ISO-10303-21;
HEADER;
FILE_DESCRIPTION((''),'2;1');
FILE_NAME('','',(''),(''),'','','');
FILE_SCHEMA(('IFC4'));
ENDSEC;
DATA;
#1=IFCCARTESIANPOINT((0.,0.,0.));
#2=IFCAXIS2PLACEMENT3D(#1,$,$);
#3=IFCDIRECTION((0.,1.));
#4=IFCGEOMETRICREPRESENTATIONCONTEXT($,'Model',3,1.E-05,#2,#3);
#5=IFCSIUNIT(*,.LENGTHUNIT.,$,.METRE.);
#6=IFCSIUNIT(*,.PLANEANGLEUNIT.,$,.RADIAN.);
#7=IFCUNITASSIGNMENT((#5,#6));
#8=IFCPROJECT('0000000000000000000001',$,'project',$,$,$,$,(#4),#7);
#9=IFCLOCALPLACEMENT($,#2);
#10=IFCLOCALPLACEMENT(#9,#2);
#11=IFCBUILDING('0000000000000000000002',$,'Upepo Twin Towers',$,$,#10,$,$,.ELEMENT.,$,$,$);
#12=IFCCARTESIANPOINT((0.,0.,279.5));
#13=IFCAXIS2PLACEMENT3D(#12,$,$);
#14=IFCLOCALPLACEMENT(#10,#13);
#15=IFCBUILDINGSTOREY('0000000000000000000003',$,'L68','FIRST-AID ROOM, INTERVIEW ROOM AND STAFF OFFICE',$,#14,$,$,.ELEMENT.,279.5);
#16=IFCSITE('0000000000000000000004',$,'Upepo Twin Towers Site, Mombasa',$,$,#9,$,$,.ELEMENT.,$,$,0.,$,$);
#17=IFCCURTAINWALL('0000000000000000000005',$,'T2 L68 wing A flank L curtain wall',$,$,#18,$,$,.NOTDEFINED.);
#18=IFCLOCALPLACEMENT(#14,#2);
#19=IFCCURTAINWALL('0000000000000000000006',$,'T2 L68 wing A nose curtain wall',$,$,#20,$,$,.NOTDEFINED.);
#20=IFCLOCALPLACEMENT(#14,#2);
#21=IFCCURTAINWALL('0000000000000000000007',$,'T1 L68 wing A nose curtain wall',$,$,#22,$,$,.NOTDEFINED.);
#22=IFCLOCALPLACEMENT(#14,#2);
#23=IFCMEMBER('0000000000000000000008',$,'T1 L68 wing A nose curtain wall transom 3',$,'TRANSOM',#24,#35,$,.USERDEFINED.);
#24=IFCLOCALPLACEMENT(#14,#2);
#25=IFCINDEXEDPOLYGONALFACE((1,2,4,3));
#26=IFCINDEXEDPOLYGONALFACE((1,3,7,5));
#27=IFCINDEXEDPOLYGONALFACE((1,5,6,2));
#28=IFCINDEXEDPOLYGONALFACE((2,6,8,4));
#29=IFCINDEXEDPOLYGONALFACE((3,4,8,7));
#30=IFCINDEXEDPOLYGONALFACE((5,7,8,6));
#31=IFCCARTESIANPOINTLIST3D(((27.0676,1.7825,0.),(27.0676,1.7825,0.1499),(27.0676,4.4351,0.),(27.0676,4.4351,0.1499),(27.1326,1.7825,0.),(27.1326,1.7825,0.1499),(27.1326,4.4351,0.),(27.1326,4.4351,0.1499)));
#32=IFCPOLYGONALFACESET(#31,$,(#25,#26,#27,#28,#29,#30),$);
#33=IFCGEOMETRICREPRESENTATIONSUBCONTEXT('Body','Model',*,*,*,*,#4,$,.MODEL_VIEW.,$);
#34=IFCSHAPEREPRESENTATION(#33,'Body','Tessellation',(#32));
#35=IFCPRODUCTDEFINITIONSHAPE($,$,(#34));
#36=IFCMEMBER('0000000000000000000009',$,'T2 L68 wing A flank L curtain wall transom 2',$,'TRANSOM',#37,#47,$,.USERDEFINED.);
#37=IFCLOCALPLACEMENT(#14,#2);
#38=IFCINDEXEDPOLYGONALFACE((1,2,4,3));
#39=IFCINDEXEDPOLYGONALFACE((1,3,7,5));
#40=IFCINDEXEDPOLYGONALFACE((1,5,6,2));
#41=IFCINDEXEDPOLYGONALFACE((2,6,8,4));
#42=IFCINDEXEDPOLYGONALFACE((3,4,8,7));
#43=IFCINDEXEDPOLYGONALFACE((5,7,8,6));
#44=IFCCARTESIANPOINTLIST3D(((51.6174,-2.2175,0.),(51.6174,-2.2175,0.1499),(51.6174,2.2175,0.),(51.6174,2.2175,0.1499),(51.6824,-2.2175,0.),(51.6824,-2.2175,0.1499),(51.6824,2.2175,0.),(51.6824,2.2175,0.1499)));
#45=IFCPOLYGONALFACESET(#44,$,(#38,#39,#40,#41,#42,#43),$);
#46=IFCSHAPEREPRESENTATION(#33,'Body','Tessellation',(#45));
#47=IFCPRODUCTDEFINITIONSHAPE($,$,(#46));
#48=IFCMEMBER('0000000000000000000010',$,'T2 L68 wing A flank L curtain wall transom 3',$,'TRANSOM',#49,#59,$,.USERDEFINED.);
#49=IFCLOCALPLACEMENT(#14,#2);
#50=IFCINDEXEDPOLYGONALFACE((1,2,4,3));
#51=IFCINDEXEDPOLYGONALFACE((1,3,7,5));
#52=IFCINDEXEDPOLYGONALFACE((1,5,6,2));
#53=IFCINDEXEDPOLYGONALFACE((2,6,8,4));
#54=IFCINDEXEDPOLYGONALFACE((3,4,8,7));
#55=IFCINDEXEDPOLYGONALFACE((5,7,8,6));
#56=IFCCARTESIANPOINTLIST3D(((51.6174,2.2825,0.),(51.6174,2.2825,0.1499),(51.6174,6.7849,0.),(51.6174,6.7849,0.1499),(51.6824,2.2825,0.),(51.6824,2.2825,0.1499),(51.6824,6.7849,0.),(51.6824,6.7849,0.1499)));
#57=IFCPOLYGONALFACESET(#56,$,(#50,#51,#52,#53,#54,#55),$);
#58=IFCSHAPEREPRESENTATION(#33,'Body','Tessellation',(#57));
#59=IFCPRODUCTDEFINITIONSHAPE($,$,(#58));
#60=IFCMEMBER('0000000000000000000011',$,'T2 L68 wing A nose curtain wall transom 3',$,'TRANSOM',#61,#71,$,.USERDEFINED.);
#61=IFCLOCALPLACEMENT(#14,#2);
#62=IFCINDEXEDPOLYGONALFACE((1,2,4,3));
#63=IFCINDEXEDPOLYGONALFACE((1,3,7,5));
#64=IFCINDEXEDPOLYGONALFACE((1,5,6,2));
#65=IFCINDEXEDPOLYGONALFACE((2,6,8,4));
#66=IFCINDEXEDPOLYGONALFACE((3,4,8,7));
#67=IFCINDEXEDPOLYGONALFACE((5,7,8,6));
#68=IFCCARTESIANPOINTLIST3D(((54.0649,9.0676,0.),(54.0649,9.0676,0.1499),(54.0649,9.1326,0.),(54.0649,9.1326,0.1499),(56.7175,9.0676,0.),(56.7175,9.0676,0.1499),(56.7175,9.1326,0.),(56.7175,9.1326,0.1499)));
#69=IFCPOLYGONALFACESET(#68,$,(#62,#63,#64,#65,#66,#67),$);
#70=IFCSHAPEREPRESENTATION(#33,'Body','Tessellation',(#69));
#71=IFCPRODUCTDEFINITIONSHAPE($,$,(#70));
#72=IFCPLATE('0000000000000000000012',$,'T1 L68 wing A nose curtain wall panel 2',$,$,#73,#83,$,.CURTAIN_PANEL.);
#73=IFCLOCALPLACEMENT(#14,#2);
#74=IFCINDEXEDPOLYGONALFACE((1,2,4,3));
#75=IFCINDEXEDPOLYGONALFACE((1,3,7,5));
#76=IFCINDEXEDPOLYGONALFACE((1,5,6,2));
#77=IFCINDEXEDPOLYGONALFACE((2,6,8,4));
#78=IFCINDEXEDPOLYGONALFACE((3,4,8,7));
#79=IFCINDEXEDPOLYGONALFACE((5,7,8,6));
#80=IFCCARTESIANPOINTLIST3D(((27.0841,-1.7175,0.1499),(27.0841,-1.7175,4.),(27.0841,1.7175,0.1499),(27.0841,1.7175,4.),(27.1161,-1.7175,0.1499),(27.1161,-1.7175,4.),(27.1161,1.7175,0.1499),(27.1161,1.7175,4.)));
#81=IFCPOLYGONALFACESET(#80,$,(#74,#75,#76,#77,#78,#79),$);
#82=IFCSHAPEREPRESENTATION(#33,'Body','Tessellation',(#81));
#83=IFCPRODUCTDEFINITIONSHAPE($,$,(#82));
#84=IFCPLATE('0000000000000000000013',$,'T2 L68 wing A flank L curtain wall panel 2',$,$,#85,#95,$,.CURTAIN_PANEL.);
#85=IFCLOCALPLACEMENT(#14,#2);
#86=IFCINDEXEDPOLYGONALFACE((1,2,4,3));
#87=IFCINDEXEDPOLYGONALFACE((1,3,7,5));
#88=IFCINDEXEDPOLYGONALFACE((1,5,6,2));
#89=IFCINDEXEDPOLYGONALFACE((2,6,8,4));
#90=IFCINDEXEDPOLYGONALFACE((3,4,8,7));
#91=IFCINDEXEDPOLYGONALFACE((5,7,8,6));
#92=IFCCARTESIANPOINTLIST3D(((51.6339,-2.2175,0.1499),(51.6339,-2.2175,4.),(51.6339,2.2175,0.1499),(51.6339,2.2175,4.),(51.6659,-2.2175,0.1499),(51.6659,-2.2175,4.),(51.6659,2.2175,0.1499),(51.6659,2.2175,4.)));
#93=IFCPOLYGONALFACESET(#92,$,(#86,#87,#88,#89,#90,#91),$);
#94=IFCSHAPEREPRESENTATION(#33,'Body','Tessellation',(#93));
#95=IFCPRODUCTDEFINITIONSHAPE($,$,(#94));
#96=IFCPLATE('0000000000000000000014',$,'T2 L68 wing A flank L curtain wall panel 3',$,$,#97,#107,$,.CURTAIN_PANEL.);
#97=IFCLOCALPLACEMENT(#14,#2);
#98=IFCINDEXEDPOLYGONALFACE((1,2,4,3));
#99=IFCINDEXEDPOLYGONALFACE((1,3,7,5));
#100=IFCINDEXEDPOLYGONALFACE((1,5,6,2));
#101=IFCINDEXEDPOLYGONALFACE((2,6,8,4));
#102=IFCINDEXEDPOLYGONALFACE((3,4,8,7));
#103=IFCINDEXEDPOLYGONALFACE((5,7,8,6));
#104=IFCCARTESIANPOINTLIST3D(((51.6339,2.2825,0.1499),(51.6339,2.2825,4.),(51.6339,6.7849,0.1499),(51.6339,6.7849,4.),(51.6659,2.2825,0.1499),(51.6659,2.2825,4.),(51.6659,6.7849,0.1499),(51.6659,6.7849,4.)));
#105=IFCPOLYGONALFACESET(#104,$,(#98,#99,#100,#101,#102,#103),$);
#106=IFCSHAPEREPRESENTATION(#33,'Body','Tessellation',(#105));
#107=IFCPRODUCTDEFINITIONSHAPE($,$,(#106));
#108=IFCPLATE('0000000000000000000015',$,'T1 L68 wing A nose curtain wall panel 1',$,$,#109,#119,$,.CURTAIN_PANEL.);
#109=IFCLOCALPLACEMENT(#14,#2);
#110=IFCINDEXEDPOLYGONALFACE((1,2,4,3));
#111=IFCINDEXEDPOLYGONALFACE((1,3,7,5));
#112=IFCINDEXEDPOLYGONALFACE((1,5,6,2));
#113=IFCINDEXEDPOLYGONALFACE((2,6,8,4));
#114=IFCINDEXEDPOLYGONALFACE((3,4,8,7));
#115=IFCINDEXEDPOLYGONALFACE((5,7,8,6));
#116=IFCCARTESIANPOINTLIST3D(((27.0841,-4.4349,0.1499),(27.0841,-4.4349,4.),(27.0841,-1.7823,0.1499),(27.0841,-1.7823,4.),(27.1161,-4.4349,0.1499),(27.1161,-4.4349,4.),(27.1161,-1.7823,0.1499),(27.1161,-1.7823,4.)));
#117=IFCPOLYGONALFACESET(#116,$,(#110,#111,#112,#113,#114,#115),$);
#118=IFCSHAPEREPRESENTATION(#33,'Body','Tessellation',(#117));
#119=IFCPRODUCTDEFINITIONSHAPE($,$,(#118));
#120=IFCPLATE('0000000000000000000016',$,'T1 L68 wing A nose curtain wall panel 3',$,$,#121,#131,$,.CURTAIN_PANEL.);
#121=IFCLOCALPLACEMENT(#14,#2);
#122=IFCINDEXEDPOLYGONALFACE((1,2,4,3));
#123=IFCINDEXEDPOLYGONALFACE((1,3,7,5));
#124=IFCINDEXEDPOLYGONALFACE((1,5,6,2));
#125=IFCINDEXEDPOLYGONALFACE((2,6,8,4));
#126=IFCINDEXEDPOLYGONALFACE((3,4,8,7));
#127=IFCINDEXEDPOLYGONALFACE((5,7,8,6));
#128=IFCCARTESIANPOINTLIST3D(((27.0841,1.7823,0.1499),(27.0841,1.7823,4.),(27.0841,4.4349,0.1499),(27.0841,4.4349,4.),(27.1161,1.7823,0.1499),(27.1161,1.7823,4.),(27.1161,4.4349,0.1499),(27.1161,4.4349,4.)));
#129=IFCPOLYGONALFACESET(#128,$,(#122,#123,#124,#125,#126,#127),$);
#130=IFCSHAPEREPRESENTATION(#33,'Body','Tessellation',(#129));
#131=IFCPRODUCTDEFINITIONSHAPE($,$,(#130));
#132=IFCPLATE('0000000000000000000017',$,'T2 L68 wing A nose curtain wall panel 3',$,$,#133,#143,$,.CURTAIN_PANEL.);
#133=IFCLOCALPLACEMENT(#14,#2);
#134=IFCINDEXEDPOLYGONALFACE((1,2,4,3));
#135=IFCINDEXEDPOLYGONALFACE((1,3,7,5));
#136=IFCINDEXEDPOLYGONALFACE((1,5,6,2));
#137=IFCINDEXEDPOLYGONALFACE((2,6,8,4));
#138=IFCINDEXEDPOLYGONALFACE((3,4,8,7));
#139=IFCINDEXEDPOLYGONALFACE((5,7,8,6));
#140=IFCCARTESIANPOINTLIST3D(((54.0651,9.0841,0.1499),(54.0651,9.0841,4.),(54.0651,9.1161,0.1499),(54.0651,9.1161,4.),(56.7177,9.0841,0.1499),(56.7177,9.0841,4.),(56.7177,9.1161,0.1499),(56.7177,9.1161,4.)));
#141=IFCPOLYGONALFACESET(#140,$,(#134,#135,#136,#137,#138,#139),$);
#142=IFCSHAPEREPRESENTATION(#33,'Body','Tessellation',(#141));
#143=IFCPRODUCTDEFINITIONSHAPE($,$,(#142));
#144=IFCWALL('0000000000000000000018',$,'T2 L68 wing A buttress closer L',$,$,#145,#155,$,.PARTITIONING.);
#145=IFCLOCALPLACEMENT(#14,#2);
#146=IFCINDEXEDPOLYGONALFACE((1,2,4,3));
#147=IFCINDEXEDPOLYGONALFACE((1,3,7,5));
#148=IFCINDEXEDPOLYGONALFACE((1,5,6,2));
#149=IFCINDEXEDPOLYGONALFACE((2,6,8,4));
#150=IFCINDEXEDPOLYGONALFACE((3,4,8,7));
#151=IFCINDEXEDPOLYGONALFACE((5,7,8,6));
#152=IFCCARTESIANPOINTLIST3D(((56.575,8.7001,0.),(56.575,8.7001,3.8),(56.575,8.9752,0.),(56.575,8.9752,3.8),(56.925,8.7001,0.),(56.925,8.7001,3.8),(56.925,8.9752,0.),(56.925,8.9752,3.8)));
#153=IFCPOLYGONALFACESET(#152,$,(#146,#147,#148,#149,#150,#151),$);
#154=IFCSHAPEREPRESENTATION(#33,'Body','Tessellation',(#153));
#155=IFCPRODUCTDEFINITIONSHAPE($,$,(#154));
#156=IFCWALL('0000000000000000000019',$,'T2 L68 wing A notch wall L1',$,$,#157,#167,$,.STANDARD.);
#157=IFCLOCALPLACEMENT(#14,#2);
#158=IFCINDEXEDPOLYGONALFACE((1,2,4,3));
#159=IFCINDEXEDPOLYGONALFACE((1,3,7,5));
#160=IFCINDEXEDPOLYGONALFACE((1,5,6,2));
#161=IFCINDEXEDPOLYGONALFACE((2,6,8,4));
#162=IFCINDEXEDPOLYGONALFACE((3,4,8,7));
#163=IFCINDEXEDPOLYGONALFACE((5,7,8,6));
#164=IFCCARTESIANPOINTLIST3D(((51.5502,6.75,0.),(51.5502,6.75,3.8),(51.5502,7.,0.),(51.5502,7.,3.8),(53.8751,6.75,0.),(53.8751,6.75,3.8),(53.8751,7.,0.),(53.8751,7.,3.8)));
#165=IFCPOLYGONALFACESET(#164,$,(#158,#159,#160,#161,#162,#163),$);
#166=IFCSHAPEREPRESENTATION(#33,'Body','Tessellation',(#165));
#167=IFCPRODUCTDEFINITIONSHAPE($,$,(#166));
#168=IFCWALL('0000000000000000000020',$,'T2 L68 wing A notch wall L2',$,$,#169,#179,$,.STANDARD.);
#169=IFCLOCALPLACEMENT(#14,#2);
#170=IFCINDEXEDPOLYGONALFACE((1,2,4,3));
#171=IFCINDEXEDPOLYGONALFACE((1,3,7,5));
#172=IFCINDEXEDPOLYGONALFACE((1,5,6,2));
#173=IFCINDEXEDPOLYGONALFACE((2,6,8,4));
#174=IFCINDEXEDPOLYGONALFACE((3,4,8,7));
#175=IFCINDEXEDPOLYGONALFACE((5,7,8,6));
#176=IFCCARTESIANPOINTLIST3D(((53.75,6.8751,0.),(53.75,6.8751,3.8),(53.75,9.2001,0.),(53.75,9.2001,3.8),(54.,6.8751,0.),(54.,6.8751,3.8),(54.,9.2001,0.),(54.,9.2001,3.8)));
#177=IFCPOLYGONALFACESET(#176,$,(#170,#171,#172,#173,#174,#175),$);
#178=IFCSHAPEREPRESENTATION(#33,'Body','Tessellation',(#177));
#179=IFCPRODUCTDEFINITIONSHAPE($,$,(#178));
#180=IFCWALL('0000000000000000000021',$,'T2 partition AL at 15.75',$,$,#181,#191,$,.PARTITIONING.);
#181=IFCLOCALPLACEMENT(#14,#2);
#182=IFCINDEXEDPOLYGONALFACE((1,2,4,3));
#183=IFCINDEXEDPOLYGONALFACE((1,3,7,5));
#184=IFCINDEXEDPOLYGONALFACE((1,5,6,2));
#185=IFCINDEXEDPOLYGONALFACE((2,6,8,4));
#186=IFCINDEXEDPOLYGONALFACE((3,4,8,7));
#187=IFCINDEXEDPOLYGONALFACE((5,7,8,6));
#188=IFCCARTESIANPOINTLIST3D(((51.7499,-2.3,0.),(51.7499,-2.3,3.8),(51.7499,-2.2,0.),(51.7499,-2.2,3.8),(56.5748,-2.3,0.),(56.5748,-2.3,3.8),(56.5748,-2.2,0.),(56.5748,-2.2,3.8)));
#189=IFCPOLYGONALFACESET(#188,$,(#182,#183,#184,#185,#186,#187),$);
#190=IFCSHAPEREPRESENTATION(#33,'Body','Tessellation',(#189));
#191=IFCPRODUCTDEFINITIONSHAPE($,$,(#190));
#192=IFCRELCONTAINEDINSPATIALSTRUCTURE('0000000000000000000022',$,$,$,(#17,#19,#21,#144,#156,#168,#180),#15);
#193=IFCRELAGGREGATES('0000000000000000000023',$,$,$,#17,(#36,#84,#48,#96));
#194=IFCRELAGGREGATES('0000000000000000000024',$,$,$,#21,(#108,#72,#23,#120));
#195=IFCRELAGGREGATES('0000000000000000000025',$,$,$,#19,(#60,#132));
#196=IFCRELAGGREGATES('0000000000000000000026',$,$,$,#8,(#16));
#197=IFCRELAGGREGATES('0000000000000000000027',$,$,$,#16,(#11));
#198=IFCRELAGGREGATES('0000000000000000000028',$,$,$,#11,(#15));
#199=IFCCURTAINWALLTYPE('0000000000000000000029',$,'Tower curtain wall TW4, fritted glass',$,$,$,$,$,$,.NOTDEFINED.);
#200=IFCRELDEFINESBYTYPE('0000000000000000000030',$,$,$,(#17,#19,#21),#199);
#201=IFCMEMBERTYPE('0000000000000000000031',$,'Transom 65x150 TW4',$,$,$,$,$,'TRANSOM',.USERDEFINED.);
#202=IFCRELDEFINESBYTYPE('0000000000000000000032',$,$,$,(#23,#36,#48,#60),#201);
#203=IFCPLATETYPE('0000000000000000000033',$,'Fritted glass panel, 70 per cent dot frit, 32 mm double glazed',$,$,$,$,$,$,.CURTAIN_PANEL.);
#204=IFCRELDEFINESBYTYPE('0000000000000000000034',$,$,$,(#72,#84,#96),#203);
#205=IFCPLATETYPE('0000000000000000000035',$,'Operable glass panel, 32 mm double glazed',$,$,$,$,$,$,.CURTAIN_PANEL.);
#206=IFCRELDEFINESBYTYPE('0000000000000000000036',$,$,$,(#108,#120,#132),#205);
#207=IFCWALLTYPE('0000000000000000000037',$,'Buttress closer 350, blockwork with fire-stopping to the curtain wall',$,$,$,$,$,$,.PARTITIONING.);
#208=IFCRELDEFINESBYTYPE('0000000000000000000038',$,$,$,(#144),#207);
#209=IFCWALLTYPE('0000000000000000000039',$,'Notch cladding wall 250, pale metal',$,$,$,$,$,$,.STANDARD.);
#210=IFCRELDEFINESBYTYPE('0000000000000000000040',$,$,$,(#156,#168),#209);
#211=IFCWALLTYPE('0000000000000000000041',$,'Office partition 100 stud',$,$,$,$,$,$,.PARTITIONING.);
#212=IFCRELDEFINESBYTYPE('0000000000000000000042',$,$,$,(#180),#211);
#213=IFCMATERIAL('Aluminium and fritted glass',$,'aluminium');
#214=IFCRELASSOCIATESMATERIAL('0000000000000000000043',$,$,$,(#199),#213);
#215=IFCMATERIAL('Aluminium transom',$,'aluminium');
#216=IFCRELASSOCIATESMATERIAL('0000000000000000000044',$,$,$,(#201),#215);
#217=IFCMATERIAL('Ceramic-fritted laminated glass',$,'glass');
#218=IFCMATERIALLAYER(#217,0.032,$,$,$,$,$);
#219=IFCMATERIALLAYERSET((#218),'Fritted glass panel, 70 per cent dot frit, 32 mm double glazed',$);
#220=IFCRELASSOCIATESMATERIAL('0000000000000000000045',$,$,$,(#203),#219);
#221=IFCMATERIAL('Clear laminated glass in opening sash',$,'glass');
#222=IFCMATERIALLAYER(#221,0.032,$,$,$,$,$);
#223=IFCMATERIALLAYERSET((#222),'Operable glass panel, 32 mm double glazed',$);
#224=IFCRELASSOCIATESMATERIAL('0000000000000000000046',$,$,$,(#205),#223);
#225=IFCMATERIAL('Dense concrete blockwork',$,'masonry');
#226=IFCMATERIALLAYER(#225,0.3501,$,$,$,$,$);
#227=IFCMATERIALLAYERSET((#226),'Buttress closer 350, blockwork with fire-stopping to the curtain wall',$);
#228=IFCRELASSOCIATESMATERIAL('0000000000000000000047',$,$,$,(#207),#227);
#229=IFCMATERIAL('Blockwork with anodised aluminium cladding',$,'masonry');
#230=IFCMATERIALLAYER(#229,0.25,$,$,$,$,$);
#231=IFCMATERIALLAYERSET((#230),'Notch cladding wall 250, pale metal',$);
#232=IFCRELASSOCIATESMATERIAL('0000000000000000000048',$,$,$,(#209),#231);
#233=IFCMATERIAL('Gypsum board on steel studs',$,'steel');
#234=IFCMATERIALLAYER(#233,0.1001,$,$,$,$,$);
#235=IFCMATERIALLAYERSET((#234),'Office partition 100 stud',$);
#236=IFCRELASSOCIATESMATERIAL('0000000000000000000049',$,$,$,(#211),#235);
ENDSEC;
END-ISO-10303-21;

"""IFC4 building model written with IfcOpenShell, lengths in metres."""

from ifc_helpers import new_model, si_unit, direction, frame, frame_2d, origin, origin_2d, place, context, subcontext, project, spatial, rectangle, extrude, material, layer, layer_set, material_profile, profile_set, type_object, element, aggregate, save


model = new_model("IFC4")

# Units and contexts
model_context = context("Model", 3, precision=1e-05, world=origin(), true_north=direction((0.0, 1.0)))
body_context = subcontext(model_context, "Body", "Model", "MODEL_VIEW")
ifc_project = project(units=[si_unit("LENGTHUNIT", "METRE"), si_unit("PLANEANGLEUNIT", "RADIAN")], contexts=[model_context])

# Site, building, storey
site_placement = place(None, origin())
site = spatial("IfcSite", under=ifc_project, at=site_placement, Name="Upepo Twin Towers Site, Mombasa", CompositionType="ELEMENT", RefElevation=0.0)
building_placement = place(site_placement, origin())
building = spatial("IfcBuilding", under=site, at=building_placement, Name="Upepo Twin Towers", CompositionType="ELEMENT")
storey_placement = place(building_placement, frame((0.0, 0.0, 279.5)))
storey = spatial("IfcBuildingStorey", under=building, at=storey_placement, Name="L68", Description="FIRST-AID ROOM, INTERVIEW ROOM AND STAFF OFFICE", CompositionType="ELEMENT", Elevation=279.5)

# Curtain walls, member
ifc_material_1 = material(Name="Aluminium and fritted glass", Category="aluminium")
curtain_wall_type = type_object("IfcCurtainWallType", Name="Tower curtain wall TW4, fritted glass", PredefinedType="NOTDEFINED", material=ifc_material_1)
curtain_wall_1_placement = place(storey_placement, origin())
curtain_wall_1 = element("IfcCurtainWall", 1, at=curtain_wall_1_placement, inside=storey, type_object=curtain_wall_type, Name="T2 L68 wing A flank L curtain wall", PredefinedType="NOTDEFINED")
curtain_wall_2_placement = place(storey_placement, origin())
curtain_wall_2 = element("IfcCurtainWall", 2, at=curtain_wall_2_placement, inside=storey, type_object=curtain_wall_type, Name="T2 L68 wing A nose curtain wall", PredefinedType="NOTDEFINED")
curtain_wall_3_placement = place(storey_placement, origin())
curtain_wall_3 = element("IfcCurtainWall", 3, at=curtain_wall_3_placement, inside=storey, type_object=curtain_wall_type, Name="T1 L68 wing A nose curtain wall", PredefinedType="NOTDEFINED")
ifc_material_2 = material(Name="Aluminium transom", Category="aluminium")
ifc_material_profile_1 = material_profile(ifc_material_2, rectangle(XDim=0.0649, YDim=0.1499, at=origin_2d()), Name="TRANSOM 65x150")
ifc_profile_set_1 = profile_set([ifc_material_profile_1], Name="Aluminium transom")
member_type_1 = type_object("IfcMemberType", Name="Transom 65x150 TW4", ElementType="TRANSOM", PredefinedType="USERDEFINED", material=ifc_profile_set_1)
member_1_placement = place(storey_placement, frame((27.1001, 1.7825, 0.075), z_axis=(0.0, 1.0, 0.0), x_axis=(-1.0, 0.0, 0.0)))
member_1 = element("IfcMember", 4, at=member_1_placement, type_object=member_type_1, Name="T1 L68 wing A nose curtain wall transom 3", ObjectType="TRANSOM", PredefinedType="USERDEFINED", context=body_context, shape_type="SweptSolid", body=[
    extrude(rectangle(XDim=0.0649, YDim=0.1499, at=origin_2d()), origin(), (0.0, 0.0, 1.0), 2.6526),
])

# Members
member_2_placement = place(storey_placement, frame((51.6499, -2.2175, 0.075), z_axis=(0.0, 1.0, 0.0), x_axis=(-1.0, 0.0, 0.0)))
member_2 = element("IfcMember", 5, at=member_2_placement, type_object=member_type_1, Name="T2 L68 wing A flank L curtain wall transom 2", ObjectType="TRANSOM", PredefinedType="USERDEFINED", context=body_context, shape_type="SweptSolid", body=[
    extrude(rectangle(XDim=0.0649, YDim=0.1499, at=origin_2d()), origin(), (0.0, 0.0, 1.0), 4.4351),
])
member_3_placement = place(storey_placement, frame((51.6499, 2.2825, 0.075), z_axis=(0.0, 1.0, 0.0), x_axis=(-1.0, 0.0, 0.0)))
member_3 = element("IfcMember", 6, at=member_3_placement, type_object=member_type_1, Name="T2 L68 wing A flank L curtain wall transom 3", ObjectType="TRANSOM", PredefinedType="USERDEFINED", context=body_context, shape_type="SweptSolid", body=[
    extrude(rectangle(XDim=0.0649, YDim=0.1499, at=origin_2d()), origin(), (0.0, 0.0, 1.0), 4.5024),
])
member_4_placement = place(storey_placement, frame((56.7175, 9.1001, 0.075), z_axis=(-1.0, 0.0, 0.0), x_axis=(0.0, -1.0, 0.0)))
member_4 = element("IfcMember", 7, at=member_4_placement, type_object=member_type_1, Name="T2 L68 wing A nose curtain wall transom 3", ObjectType="TRANSOM", PredefinedType="USERDEFINED", context=body_context, shape_type="SweptSolid", body=[
    extrude(rectangle(XDim=0.0649, YDim=0.1499, at=origin_2d()), origin(), (0.0, 0.0, 1.0), 2.6526),
])

# Plates
ifc_material_3 = material(Name="Ceramic-fritted laminated glass", Category="glass")
ifc_layer_1 = layer(ifc_material_3, 0.032)
ifc_layer_set_1 = layer_set([ifc_layer_1], Name="Fritted glass panel, 70 per cent dot frit, 32 mm double glazed")
plate_type_1 = type_object("IfcPlateType", Name="Fritted glass panel, 70 per cent dot frit, 32 mm double glazed", PredefinedType="CURTAIN_PANEL", material=ifc_layer_set_1)
plate_1_placement = place(storey_placement, frame((27.1001, 0.0, 0.1499), z_axis=(0.0, 0.0, 1.0), x_axis=(0.0, 1.0, 0.0)))
plate_1 = element("IfcPlate", 8, at=plate_1_placement, type_object=plate_type_1, Name="T1 L68 wing A nose curtain wall panel 2", PredefinedType="CURTAIN_PANEL", context=body_context, shape_type="SweptSolid", body=[
    extrude(rectangle(XDim=3.4351, YDim=0.032, at=origin_2d()), origin(), (0.0, 0.0, 1.0), 3.8501),
])
plate_2_placement = place(storey_placement, frame((51.6499, 0.0, 0.1499), z_axis=(0.0, 0.0, 1.0), x_axis=(0.0, 1.0, 0.0)))
plate_2 = element("IfcPlate", 9, at=plate_2_placement, type_object=plate_type_1, Name="T2 L68 wing A flank L curtain wall panel 2", PredefinedType="CURTAIN_PANEL", context=body_context, shape_type="SweptSolid", body=[
    extrude(rectangle(XDim=4.4351, YDim=0.032, at=origin_2d()), origin(), (0.0, 0.0, 1.0), 3.8501),
])
plate_3_placement = place(storey_placement, frame((51.6499, 4.5337, 0.1499), z_axis=(0.0, 0.0, 1.0), x_axis=(0.0, 1.0, 0.0)))
plate_3 = element("IfcPlate", 10, at=plate_3_placement, type_object=plate_type_1, Name="T2 L68 wing A flank L curtain wall panel 3", PredefinedType="CURTAIN_PANEL", context=body_context, shape_type="SweptSolid", body=[
    extrude(rectangle(XDim=4.5024, YDim=0.032, at=origin_2d()), origin(), (0.0, 0.0, 1.0), 3.8501),
])
aggregate(curtain_wall_1, [member_2, plate_2, member_3, plate_3])
ifc_material_4 = material(Name="Clear laminated glass in opening sash", Category="glass")
ifc_layer_2 = layer(ifc_material_4, 0.032)
ifc_layer_set_2 = layer_set([ifc_layer_2], Name="Operable glass panel, 32 mm double glazed")
plate_type_2 = type_object("IfcPlateType", Name="Operable glass panel, 32 mm double glazed", PredefinedType="CURTAIN_PANEL", material=ifc_layer_set_2)
plate_4_placement = place(storey_placement, frame((27.1001, -3.1086, 0.1499), z_axis=(0.0, 0.0, 1.0), x_axis=(0.0, 1.0, 0.0)))
plate_4 = element("IfcPlate", 11, at=plate_4_placement, type_object=plate_type_2, Name="T1 L68 wing A nose curtain wall panel 1", PredefinedType="CURTAIN_PANEL", context=body_context, shape_type="SweptSolid", body=[
    extrude(rectangle(XDim=2.6526, YDim=0.032, at=origin_2d()), origin(), (0.0, 0.0, 1.0), 3.8501),
])
plate_5_placement = place(storey_placement, frame((27.1001, 3.1086, 0.1499), z_axis=(0.0, 0.0, 1.0), x_axis=(0.0, 1.0, 0.0)))
plate_5 = element("IfcPlate", 12, at=plate_5_placement, type_object=plate_type_2, Name="T1 L68 wing A nose curtain wall panel 3", PredefinedType="CURTAIN_PANEL", context=body_context, shape_type="SweptSolid", body=[
    extrude(rectangle(XDim=2.6526, YDim=0.032, at=origin_2d()), origin(), (0.0, 0.0, 1.0), 3.8501),
])
aggregate(curtain_wall_3, [plate_4, plate_1, member_1, plate_5])
plate_6_placement = place(storey_placement, frame((55.3914, 9.1001, 0.1499), z_axis=(0.0, 0.0, 1.0), x_axis=(-1.0, 0.0, 0.0)))
plate_6 = element("IfcPlate", 13, at=plate_6_placement, type_object=plate_type_2, Name="T2 L68 wing A nose curtain wall panel 3", PredefinedType="CURTAIN_PANEL", context=body_context, shape_type="SweptSolid", body=[
    extrude(rectangle(XDim=2.6526, YDim=0.032, at=origin_2d()), origin(), (0.0, 0.0, 1.0), 3.8501),
])
aggregate(curtain_wall_2, [member_4, plate_6])

# Walls
ifc_material_5 = material(Name="Dense concrete blockwork", Category="masonry")
ifc_layer_3 = layer(ifc_material_5, 0.3501)
ifc_layer_set_3 = layer_set([ifc_layer_3], Name="Buttress closer 350, blockwork with fire-stopping to the curtain wall")
wall_type_1 = type_object("IfcWallType", Name="Buttress closer 350, blockwork with fire-stopping to the curtain wall", PredefinedType="PARTITIONING", material=ifc_layer_set_3)
wall_1_placement = place(storey_placement, frame((56.75, 8.7, 0.0), z_axis=(0.0, 0.0, 1.0), x_axis=(0.0, 1.0, 0.0)))
element("IfcWall", 14, at=wall_1_placement, inside=storey, type_object=wall_type_1, Name="T2 L68 wing A buttress closer L", PredefinedType="PARTITIONING", context=body_context, shape_type="SweptSolid", body=[
    extrude(rectangle(XDim=0.2751, YDim=0.3501, at=frame_2d((0.1377, 0.0))), origin(), (0.0, 0.0, 1.0), 3.8),
])
ifc_material_6 = material(Name="Blockwork with anodised aluminium cladding", Category="masonry")
ifc_layer_4 = layer(ifc_material_6, 0.25)
ifc_layer_set_4 = layer_set([ifc_layer_4], Name="Notch cladding wall 250, pale metal")
wall_type_2 = type_object("IfcWallType", Name="Notch cladding wall 250, pale metal", PredefinedType="STANDARD", material=ifc_layer_set_4)
for number, where, z_axis, x_axis, name in (
    (15, (51.55, 6.875, 0.0), (0.0, 0.0, 1.0), (1.0, 0.0, 0.0), "T2 L68 wing A notch wall L1"),
    (16, (53.875, 6.875, 0.0), (0.0, 0.0, 1.0), (0.0, 1.0, 0.0), "T2 L68 wing A notch wall L2"),
):
    element("IfcWall", number, at=place(storey_placement, frame(where, z_axis=z_axis, x_axis=x_axis)), inside=storey, type_object=wall_type_2, Name=name, PredefinedType="STANDARD", context=body_context, shape_type="SweptSolid", body=[
        extrude(rectangle(XDim=2.325, YDim=0.25, at=frame_2d((1.1626, 0.0))), origin(), (0.0, 0.0, 1.0), 3.8),
    ])
ifc_material_7 = material(Name="Gypsum board on steel studs", Category="steel")
ifc_layer_5 = layer(ifc_material_7, 0.1001)
ifc_layer_set_5 = layer_set([ifc_layer_5], Name="Office partition 100 stud")
wall_type_3 = type_object("IfcWallType", Name="Office partition 100 stud", PredefinedType="PARTITIONING", material=ifc_layer_set_5)
for number, where, z_axis, x_axis, name in (
    (17, (56.575, -2.25, 0.0), (0.0, 0.0, 1.0), (-1.0, 0.0, 0.0), "T2 partition AL at 15.75"),
):
    element("IfcWall", number, at=place(storey_placement, frame(where, z_axis=z_axis, x_axis=x_axis)), inside=storey, type_object=wall_type_3, Name=name, PredefinedType="PARTITIONING", context=body_context, shape_type="SweptSolid", body=[
        extrude(rectangle(XDim=4.825, YDim=0.1001, at=frame_2d((2.4126, 0.0))), origin(), (0.0, 0.0, 1.0), 3.8),
    ])

save(model, "model.ifc")
